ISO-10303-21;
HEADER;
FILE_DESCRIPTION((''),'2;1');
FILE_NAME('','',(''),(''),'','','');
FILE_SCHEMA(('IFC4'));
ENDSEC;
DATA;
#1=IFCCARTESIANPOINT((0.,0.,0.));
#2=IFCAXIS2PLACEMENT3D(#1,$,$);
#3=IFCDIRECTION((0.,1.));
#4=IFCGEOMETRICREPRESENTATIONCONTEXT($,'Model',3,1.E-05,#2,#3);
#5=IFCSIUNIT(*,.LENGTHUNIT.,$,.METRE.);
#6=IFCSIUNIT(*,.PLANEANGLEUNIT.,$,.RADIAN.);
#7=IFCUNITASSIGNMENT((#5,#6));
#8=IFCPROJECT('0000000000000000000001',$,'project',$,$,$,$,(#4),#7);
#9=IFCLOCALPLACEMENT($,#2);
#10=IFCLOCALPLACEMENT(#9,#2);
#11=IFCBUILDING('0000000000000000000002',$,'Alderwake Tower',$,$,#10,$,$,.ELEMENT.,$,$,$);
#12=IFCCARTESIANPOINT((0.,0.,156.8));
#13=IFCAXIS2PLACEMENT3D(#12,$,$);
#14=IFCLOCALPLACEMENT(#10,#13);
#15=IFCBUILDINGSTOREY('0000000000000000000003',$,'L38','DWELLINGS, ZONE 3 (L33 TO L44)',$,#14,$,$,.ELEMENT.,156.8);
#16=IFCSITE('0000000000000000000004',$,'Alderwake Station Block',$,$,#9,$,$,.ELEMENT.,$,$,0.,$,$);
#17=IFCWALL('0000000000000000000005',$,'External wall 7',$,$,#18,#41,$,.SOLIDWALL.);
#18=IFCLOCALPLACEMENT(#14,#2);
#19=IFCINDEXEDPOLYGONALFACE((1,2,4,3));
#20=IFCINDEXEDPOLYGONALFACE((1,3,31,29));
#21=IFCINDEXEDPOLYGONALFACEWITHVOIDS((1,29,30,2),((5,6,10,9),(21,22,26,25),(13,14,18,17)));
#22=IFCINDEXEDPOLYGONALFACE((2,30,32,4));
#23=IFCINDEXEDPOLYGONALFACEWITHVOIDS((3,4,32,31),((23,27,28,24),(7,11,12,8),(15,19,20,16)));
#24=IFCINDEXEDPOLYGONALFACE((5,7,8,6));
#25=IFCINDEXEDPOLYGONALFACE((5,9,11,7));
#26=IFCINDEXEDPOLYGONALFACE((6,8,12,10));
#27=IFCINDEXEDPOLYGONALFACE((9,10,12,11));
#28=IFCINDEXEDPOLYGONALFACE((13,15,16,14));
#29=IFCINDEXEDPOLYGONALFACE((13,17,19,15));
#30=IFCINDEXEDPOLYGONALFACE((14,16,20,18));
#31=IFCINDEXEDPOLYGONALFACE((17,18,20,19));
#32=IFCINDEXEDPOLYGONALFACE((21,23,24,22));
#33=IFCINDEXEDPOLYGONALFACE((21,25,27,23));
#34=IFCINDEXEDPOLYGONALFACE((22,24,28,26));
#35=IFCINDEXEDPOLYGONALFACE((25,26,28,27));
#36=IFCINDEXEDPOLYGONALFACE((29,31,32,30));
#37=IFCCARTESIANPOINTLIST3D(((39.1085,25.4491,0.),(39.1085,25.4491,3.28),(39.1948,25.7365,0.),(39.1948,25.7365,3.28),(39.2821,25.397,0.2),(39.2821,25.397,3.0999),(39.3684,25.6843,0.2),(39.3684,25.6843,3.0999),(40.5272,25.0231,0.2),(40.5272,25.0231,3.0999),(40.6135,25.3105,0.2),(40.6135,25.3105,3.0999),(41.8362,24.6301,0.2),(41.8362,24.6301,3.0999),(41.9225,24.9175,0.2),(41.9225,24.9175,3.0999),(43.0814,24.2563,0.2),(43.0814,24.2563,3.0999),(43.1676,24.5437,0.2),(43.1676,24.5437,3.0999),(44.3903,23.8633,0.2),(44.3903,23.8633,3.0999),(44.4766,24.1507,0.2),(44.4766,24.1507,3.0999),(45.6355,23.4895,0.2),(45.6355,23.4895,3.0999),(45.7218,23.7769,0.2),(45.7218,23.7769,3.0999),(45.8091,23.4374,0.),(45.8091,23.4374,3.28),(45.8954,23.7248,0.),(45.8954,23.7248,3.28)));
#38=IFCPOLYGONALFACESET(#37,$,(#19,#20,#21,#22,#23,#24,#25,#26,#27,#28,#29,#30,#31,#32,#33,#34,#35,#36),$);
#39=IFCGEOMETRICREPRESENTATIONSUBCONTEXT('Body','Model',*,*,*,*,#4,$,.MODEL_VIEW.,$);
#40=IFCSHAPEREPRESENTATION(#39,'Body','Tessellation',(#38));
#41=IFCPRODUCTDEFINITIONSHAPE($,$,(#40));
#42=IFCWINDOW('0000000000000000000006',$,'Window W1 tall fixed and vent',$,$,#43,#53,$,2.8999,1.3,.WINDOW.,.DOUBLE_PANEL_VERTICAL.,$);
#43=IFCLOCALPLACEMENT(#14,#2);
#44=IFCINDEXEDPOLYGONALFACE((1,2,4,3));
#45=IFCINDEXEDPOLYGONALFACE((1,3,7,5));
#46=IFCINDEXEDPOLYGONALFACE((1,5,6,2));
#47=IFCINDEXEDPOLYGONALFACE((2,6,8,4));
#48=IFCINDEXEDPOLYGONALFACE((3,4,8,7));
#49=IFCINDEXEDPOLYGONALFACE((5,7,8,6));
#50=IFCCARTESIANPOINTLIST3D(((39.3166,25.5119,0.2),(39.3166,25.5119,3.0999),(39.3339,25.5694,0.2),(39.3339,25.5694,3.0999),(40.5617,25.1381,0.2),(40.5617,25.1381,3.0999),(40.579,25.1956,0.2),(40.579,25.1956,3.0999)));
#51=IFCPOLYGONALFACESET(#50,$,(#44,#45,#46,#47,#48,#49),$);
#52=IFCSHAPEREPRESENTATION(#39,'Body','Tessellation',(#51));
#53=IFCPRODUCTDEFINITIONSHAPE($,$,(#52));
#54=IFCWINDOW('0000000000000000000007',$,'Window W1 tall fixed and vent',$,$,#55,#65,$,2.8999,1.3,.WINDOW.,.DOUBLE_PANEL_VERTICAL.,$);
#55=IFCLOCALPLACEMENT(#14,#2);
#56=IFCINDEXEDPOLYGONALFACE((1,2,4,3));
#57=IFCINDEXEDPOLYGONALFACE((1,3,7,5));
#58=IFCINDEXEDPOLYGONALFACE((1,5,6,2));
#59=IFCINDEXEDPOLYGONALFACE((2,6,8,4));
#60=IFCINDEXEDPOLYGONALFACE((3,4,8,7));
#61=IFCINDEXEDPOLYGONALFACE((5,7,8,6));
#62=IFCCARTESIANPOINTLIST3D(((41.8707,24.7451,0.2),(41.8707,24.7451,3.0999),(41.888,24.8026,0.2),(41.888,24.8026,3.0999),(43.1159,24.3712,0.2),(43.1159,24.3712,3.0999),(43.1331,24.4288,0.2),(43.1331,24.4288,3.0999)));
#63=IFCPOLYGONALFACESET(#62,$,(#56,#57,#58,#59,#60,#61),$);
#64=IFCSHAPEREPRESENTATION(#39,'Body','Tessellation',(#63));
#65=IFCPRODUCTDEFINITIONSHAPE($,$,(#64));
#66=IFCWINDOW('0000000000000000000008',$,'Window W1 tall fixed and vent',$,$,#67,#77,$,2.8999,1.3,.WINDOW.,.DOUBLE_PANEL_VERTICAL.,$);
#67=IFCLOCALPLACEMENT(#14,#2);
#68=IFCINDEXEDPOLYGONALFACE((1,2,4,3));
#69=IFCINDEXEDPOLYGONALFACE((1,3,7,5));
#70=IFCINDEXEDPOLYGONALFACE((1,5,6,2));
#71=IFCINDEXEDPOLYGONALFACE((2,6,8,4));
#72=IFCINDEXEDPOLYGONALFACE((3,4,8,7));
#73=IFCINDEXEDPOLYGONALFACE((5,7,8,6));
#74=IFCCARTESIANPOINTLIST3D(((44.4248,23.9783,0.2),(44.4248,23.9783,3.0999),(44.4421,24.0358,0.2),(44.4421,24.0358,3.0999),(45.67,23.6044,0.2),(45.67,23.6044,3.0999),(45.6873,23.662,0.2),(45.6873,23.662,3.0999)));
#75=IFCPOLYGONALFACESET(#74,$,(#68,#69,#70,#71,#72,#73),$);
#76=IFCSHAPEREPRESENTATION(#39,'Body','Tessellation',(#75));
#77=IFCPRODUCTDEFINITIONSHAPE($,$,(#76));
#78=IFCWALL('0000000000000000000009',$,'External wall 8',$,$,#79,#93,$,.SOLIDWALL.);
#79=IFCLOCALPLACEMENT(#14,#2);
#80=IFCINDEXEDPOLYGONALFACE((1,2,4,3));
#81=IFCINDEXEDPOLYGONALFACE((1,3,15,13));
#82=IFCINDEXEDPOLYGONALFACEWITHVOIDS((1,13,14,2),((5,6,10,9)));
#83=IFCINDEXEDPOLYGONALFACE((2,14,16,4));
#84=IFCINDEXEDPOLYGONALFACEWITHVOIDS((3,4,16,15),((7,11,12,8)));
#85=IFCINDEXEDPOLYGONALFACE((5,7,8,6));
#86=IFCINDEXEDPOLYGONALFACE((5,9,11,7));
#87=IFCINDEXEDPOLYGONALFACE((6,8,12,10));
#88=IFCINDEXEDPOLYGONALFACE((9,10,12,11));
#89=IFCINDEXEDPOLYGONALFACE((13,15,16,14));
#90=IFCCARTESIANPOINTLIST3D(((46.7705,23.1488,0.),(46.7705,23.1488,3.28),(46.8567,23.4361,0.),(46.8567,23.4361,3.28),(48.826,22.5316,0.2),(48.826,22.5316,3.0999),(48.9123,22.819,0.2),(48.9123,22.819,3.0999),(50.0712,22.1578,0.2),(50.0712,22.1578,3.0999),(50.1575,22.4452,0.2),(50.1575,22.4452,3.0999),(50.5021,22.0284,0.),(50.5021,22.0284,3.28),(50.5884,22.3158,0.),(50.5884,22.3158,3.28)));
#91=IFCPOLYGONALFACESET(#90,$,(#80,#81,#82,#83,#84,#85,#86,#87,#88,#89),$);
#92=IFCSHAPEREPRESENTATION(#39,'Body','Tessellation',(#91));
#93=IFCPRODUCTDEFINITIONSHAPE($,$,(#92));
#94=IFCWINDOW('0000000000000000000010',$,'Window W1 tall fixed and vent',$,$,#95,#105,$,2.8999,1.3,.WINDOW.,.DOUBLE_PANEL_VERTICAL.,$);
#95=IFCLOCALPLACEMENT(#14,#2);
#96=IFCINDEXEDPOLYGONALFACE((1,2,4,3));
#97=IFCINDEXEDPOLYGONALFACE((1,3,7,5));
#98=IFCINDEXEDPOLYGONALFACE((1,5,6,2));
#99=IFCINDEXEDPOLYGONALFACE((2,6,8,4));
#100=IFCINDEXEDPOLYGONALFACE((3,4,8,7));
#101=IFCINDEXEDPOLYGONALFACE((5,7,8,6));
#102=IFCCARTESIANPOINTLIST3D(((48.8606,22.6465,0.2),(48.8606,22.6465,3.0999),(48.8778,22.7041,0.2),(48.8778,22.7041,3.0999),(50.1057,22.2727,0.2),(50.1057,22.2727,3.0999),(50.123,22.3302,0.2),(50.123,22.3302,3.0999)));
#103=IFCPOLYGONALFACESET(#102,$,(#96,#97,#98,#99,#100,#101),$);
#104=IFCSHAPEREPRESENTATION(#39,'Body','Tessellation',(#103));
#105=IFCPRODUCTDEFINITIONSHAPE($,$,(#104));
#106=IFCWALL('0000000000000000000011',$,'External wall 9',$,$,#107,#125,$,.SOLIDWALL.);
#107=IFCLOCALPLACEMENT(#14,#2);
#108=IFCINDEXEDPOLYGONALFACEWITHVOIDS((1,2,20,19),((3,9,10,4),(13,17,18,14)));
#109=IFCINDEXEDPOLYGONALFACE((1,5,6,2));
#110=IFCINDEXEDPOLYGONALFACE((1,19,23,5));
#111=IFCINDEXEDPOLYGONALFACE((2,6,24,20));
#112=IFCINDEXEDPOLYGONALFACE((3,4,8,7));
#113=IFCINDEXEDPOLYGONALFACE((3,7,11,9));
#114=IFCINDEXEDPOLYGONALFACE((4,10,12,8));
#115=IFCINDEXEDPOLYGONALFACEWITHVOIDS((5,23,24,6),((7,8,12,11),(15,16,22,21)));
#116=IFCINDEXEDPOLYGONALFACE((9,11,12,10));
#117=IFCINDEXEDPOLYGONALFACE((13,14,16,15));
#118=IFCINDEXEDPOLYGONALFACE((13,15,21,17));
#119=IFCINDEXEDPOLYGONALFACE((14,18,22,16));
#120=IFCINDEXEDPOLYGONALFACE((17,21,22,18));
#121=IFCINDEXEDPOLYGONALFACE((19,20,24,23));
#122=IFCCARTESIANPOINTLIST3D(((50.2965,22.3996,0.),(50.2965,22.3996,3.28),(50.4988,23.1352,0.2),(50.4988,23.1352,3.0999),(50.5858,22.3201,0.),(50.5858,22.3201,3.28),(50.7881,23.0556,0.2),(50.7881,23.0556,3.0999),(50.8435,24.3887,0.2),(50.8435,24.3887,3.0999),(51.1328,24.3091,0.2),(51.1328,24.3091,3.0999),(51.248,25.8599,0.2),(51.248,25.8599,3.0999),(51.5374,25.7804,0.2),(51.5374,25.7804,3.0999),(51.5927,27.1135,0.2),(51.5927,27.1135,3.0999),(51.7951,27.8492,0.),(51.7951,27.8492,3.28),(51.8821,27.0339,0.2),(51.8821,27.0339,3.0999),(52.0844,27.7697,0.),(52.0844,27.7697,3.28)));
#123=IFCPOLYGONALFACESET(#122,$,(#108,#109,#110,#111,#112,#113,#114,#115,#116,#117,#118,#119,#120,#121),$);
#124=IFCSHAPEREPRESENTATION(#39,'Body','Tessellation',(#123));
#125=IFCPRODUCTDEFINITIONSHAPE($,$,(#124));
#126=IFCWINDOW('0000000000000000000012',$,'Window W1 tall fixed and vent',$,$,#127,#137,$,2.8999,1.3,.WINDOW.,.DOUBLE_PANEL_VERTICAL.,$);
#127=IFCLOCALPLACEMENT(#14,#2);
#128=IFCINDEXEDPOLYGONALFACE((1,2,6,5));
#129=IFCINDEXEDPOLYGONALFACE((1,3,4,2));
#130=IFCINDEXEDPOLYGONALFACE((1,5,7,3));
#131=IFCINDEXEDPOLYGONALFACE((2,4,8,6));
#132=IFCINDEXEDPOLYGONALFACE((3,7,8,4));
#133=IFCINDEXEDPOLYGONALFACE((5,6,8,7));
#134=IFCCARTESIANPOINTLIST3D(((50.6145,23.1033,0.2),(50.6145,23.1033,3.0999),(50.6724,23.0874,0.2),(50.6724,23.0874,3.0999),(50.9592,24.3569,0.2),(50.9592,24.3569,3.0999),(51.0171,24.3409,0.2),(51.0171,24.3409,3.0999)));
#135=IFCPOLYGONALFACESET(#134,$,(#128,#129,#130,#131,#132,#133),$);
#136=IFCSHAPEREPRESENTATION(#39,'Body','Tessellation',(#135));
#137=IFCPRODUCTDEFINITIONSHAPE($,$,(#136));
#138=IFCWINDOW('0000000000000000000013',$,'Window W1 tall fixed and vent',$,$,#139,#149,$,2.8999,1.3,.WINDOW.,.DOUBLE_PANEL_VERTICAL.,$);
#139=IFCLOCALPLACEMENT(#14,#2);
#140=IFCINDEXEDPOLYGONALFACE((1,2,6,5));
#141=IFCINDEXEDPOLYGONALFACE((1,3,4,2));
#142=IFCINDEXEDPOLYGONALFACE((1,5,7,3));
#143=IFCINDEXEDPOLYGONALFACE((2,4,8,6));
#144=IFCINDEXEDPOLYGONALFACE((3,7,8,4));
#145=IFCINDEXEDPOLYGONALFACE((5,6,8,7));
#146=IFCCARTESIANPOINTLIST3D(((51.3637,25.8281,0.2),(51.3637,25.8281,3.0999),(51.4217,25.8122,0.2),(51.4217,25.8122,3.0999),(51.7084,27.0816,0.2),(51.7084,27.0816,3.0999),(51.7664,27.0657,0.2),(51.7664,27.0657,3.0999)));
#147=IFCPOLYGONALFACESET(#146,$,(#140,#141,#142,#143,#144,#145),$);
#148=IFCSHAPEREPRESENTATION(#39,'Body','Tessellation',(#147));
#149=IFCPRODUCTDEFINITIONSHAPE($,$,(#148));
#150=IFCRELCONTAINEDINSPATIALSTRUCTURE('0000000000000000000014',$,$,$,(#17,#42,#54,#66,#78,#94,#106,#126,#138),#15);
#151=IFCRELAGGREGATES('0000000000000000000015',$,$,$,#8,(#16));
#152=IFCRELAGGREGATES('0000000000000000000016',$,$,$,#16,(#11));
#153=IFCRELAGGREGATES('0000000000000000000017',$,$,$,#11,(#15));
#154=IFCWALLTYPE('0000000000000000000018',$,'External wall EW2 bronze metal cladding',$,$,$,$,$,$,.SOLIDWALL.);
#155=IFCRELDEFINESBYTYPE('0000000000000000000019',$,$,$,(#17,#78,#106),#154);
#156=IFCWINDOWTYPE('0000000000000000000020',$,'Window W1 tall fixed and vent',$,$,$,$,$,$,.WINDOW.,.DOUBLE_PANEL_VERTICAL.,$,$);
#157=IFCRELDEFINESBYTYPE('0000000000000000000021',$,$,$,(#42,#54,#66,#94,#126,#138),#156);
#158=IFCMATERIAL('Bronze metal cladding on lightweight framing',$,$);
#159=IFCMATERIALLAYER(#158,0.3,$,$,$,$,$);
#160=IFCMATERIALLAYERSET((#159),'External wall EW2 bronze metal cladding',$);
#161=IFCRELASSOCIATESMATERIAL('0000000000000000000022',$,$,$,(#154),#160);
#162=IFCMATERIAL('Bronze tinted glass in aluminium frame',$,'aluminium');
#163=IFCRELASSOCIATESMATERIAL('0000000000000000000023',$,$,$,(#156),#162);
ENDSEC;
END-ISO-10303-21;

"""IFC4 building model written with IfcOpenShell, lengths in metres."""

from ifc_helpers import new_model, si_unit, direction, frame, frame_2d, origin, place, context, subcontext, project, spatial, rectangle, extrude, material, layer, layer_set, type_object, element, fill, save


model = new_model("IFC4")

# Units and contexts
model_context = context("Model", 3, precision=1e-05, world=origin(), true_north=direction((0.0, 1.0)))
body_context = subcontext(model_context, "Body", "Model", "MODEL_VIEW")
ifc_project = project(units=[si_unit("LENGTHUNIT", "METRE"), si_unit("PLANEANGLEUNIT", "RADIAN")], contexts=[model_context])

# Site, building, storey
site_placement = place(None, origin())
site = spatial("IfcSite", under=ifc_project, at=site_placement, Name="Alderwake Station Block", CompositionType="ELEMENT", RefElevation=0.0)
building_placement = place(site_placement, origin())
building = spatial("IfcBuilding", under=site, at=building_placement, Name="Alderwake Tower", CompositionType="ELEMENT")
storey_placement = place(building_placement, frame((0.0, 0.0, 156.8)))
storey = spatial("IfcBuildingStorey", under=building, at=storey_placement, Name="L38", Description="DWELLINGS, ZONE 3 (L33 TO L44)", CompositionType="ELEMENT", Elevation=156.8)

# Wall, openings, windows
ifc_material_1 = material(Name="Bronze metal cladding on lightweight framing")
ifc_layer_1 = layer(ifc_material_1, 0.3)
ifc_layer_set_1 = layer_set([ifc_layer_1], Name="External wall EW2 bronze metal cladding")
wall_type_1 = type_object("IfcWallType", Name="External wall EW2 bronze metal cladding", PredefinedType="SOLIDWALL", material=ifc_layer_set_1)
wall_1_placement = place(storey_placement, frame((39.1516, 25.5928, 0.0), z_axis=(0.0, 0.0, 1.0), x_axis=(0.957767, -0.287546, 0.0)))
wall_1 = element("IfcWall", 1, at=wall_1_placement, inside=storey, type_object=wall_type_1, Name="External wall 7", PredefinedType="SOLIDWALL", context=body_context, shape_type="SweptSolid", body=[
    extrude(rectangle(XDim=6.9961, YDim=0.3, at=frame_2d((3.498, 0.0))), origin(), (0.0, 0.0, 1.0), 3.28),
])
opening_1_placement = place(wall_1_placement, frame((0.1814, 0.0, 0.2)))
opening_1 = element("IfcOpeningElement", 2, at=opening_1_placement, cuts=wall_1, PredefinedType="OPENING", context=body_context, shape_type="SweptSolid", body=[
    extrude(rectangle(XDim=1.3, YDim=2.8999, at=frame_2d((0.6499, 1.45))), frame((0.0, 0.1599, 0.0), z_axis=(0.0, -1.0, 0.0), x_axis=(1.0, 0.0, 0.0)), (0.0, 0.0, 1.0), 0.3201),
])
opening_2_placement = place(wall_1_placement, frame((2.8481, 0.0, 0.2)))
opening_2 = element("IfcOpeningElement", 3, at=opening_2_placement, cuts=wall_1, PredefinedType="OPENING", context=body_context, shape_type="SweptSolid", body=[
    extrude(rectangle(XDim=1.3, YDim=2.8999, at=frame_2d((0.6499, 1.45))), frame((0.0, 0.1599, 0.0), z_axis=(0.0, -1.0, 0.0), x_axis=(1.0, 0.0, 0.0)), (0.0, 0.0, 1.0), 0.3201),
])
opening_3_placement = place(wall_1_placement, frame((5.5149, 0.0, 0.2)))
opening_3 = element("IfcOpeningElement", 4, at=opening_3_placement, cuts=wall_1, PredefinedType="OPENING", context=body_context, shape_type="SweptSolid", body=[
    extrude(rectangle(XDim=1.3, YDim=2.8999, at=frame_2d((0.6499, 1.45))), frame((0.0, 0.1599, 0.0), z_axis=(0.0, -1.0, 0.0), x_axis=(1.0, 0.0, 0.0)), (0.0, 0.0, 1.0), 0.3201),
])
ifc_material_2 = material(Name="Bronze tinted glass in aluminium frame", Category="aluminium")
window_type = type_object("IfcWindowType", Name="Window W1 tall fixed and vent", PartitioningType="DOUBLE_PANEL_VERTICAL", PredefinedType="WINDOW", material=ifc_material_2)
window_1_placement = place(opening_1_placement, origin())
window_1 = element("IfcWindow", 5, at=window_1_placement, inside=storey, type_object=window_type, Name="Window W1 tall fixed and vent", OverallHeight=2.8999, OverallWidth=1.3, PartitioningType="DOUBLE_PANEL_VERTICAL", PredefinedType="WINDOW", context=body_context, shape_type="SweptSolid", body=[
    extrude(rectangle(XDim=1.3, YDim=2.8999, at=frame_2d((0.6499, 1.45))), frame((0.0, 0.03, 0.0), z_axis=(0.0, -1.0, 0.0), x_axis=(1.0, 0.0, 0.0)), (0.0, 0.0, 1.0), 0.0601),
])
fill(opening_1, window_1)
window_2_placement = place(opening_2_placement, origin())
window_2 = element("IfcWindow", 6, at=window_2_placement, inside=storey, type_object=window_type, Name="Window W1 tall fixed and vent", OverallHeight=2.8999, OverallWidth=1.3, PartitioningType="DOUBLE_PANEL_VERTICAL", PredefinedType="WINDOW", context=body_context, shape_type="SweptSolid", body=[
    extrude(rectangle(XDim=1.3, YDim=2.8999, at=frame_2d((0.6499, 1.45))), frame((0.0, 0.03, 0.0), z_axis=(0.0, -1.0, 0.0), x_axis=(1.0, 0.0, 0.0)), (0.0, 0.0, 1.0), 0.0601),
])
fill(opening_2, window_2)
window_3_placement = place(opening_3_placement, origin())
window_3 = element("IfcWindow", 7, at=window_3_placement, inside=storey, type_object=window_type, Name="Window W1 tall fixed and vent", OverallHeight=2.8999, OverallWidth=1.3, PartitioningType="DOUBLE_PANEL_VERTICAL", PredefinedType="WINDOW", context=body_context, shape_type="SweptSolid", body=[
    extrude(rectangle(XDim=1.3, YDim=2.8999, at=frame_2d((0.6499, 1.45))), frame((0.0, 0.03, 0.0), z_axis=(0.0, -1.0, 0.0), x_axis=(1.0, 0.0, 0.0)), (0.0, 0.0, 1.0), 0.0601),
])
fill(opening_3, window_3)

# Wall, opening, window
wall_2_placement = place(storey_placement, frame((46.8135, 23.2925, 0.0), z_axis=(0.0, 0.0, 1.0), x_axis=(0.957766, -0.287549, 0.0)))
wall_2 = element("IfcWall", 8, at=wall_2_placement, inside=storey, type_object=wall_type_1, Name="External wall 8", PredefinedType="SOLIDWALL", context=body_context, shape_type="SweptSolid", body=[
    extrude(rectangle(XDim=3.8962, YDim=0.3, at=frame_2d((1.9482, 0.0))), origin(), (0.0, 0.0, 1.0), 3.28),
])
opening_4_placement = place(wall_2_placement, frame((2.1465, 0.0, 0.2)))
opening_4 = element("IfcOpeningElement", 9, at=opening_4_placement, cuts=wall_2, PredefinedType="OPENING", context=body_context, shape_type="SweptSolid", body=[
    extrude(rectangle(XDim=1.3, YDim=2.8999, at=frame_2d((0.6499, 1.45))), frame((0.0, 0.1599, 0.0), z_axis=(0.0, -1.0, 0.0), x_axis=(1.0, 0.0, 0.0)), (0.0, 0.0, 1.0), 0.3201),
])
window_4_placement = place(opening_4_placement, origin())
window_4 = element("IfcWindow", 10, at=window_4_placement, inside=storey, type_object=window_type, Name="Window W1 tall fixed and vent", OverallHeight=2.8999, OverallWidth=1.3, PartitioningType="DOUBLE_PANEL_VERTICAL", PredefinedType="WINDOW", context=body_context, shape_type="SweptSolid", body=[
    extrude(rectangle(XDim=1.3, YDim=2.8999, at=frame_2d((0.6499, 1.45))), frame((0.0, 0.03, 0.0), z_axis=(0.0, -1.0, 0.0), x_axis=(1.0, 0.0, 0.0)), (0.0, 0.0, 1.0), 0.0601),
])
fill(opening_4, window_4)

# Wall, openings, windows
wall_3_placement = place(storey_placement, frame((50.4412, 22.3599, 0.0), z_axis=(0.0, 0.0, 1.0), x_axis=(0.265145, 0.964208, 0.0)))
wall_3 = element("IfcWall", 11, at=wall_3_placement, inside=storey, type_object=wall_type_1, Name="External wall 9", PredefinedType="SOLIDWALL", context=body_context, shape_type="SweptSolid", body=[
    extrude(rectangle(XDim=5.6519, YDim=0.3, at=frame_2d((2.8259, 0.0))), origin(), (0.0, 0.0, 1.0), 3.28),
])
opening_5_placement = place(wall_3_placement, frame((0.7629, 0.0, 0.2)))
opening_5 = element("IfcOpeningElement", 12, at=opening_5_placement, cuts=wall_3, PredefinedType="OPENING", context=body_context, shape_type="SweptSolid", body=[
    extrude(rectangle(XDim=1.3, YDim=2.8999, at=frame_2d((0.6499, 1.45))), frame((0.0, 0.1599, 0.0), z_axis=(0.0, -1.0, 0.0), x_axis=(1.0, 0.0, 0.0)), (0.0, 0.0, 1.0), 0.3201),
])
opening_6_placement = place(wall_3_placement, frame((3.5889, 0.0, 0.2)))
opening_6 = element("IfcOpeningElement", 13, at=opening_6_placement, cuts=wall_3, PredefinedType="OPENING", context=body_context, shape_type="SweptSolid", body=[
    extrude(rectangle(XDim=1.3, YDim=2.8999, at=frame_2d((0.6499, 1.45))), frame((0.0, 0.1599, 0.0), z_axis=(0.0, -1.0, 0.0), x_axis=(1.0, 0.0, 0.0)), (0.0, 0.0, 1.0), 0.3201),
])
window_5_placement = place(opening_5_placement, origin())
window_5 = element("IfcWindow", 14, at=window_5_placement, inside=storey, type_object=window_type, Name="Window W1 tall fixed and vent", OverallHeight=2.8999, OverallWidth=1.3, PartitioningType="DOUBLE_PANEL_VERTICAL", PredefinedType="WINDOW", context=body_context, shape_type="SweptSolid", body=[
    extrude(rectangle(XDim=1.3, YDim=2.8999, at=frame_2d((0.6499, 1.45))), frame((0.0, 0.03, 0.0), z_axis=(0.0, -1.0, 0.0), x_axis=(1.0, 0.0, 0.0)), (0.0, 0.0, 1.0), 0.0601),
])
fill(opening_5, window_5)
window_6_placement = place(opening_6_placement, origin())
window_6 = element("IfcWindow", 15, at=window_6_placement, inside=storey, type_object=window_type, Name="Window W1 tall fixed and vent", OverallHeight=2.8999, OverallWidth=1.3, PartitioningType="DOUBLE_PANEL_VERTICAL", PredefinedType="WINDOW", context=body_context, shape_type="SweptSolid", body=[
    extrude(rectangle(XDim=1.3, YDim=2.8999, at=frame_2d((0.6499, 1.45))), frame((0.0, 0.03, 0.0), z_axis=(0.0, -1.0, 0.0), x_axis=(1.0, 0.0, 0.0)), (0.0, 0.0, 1.0), 0.0601),
])
fill(opening_6, window_6)

save(model, "model.ifc")
